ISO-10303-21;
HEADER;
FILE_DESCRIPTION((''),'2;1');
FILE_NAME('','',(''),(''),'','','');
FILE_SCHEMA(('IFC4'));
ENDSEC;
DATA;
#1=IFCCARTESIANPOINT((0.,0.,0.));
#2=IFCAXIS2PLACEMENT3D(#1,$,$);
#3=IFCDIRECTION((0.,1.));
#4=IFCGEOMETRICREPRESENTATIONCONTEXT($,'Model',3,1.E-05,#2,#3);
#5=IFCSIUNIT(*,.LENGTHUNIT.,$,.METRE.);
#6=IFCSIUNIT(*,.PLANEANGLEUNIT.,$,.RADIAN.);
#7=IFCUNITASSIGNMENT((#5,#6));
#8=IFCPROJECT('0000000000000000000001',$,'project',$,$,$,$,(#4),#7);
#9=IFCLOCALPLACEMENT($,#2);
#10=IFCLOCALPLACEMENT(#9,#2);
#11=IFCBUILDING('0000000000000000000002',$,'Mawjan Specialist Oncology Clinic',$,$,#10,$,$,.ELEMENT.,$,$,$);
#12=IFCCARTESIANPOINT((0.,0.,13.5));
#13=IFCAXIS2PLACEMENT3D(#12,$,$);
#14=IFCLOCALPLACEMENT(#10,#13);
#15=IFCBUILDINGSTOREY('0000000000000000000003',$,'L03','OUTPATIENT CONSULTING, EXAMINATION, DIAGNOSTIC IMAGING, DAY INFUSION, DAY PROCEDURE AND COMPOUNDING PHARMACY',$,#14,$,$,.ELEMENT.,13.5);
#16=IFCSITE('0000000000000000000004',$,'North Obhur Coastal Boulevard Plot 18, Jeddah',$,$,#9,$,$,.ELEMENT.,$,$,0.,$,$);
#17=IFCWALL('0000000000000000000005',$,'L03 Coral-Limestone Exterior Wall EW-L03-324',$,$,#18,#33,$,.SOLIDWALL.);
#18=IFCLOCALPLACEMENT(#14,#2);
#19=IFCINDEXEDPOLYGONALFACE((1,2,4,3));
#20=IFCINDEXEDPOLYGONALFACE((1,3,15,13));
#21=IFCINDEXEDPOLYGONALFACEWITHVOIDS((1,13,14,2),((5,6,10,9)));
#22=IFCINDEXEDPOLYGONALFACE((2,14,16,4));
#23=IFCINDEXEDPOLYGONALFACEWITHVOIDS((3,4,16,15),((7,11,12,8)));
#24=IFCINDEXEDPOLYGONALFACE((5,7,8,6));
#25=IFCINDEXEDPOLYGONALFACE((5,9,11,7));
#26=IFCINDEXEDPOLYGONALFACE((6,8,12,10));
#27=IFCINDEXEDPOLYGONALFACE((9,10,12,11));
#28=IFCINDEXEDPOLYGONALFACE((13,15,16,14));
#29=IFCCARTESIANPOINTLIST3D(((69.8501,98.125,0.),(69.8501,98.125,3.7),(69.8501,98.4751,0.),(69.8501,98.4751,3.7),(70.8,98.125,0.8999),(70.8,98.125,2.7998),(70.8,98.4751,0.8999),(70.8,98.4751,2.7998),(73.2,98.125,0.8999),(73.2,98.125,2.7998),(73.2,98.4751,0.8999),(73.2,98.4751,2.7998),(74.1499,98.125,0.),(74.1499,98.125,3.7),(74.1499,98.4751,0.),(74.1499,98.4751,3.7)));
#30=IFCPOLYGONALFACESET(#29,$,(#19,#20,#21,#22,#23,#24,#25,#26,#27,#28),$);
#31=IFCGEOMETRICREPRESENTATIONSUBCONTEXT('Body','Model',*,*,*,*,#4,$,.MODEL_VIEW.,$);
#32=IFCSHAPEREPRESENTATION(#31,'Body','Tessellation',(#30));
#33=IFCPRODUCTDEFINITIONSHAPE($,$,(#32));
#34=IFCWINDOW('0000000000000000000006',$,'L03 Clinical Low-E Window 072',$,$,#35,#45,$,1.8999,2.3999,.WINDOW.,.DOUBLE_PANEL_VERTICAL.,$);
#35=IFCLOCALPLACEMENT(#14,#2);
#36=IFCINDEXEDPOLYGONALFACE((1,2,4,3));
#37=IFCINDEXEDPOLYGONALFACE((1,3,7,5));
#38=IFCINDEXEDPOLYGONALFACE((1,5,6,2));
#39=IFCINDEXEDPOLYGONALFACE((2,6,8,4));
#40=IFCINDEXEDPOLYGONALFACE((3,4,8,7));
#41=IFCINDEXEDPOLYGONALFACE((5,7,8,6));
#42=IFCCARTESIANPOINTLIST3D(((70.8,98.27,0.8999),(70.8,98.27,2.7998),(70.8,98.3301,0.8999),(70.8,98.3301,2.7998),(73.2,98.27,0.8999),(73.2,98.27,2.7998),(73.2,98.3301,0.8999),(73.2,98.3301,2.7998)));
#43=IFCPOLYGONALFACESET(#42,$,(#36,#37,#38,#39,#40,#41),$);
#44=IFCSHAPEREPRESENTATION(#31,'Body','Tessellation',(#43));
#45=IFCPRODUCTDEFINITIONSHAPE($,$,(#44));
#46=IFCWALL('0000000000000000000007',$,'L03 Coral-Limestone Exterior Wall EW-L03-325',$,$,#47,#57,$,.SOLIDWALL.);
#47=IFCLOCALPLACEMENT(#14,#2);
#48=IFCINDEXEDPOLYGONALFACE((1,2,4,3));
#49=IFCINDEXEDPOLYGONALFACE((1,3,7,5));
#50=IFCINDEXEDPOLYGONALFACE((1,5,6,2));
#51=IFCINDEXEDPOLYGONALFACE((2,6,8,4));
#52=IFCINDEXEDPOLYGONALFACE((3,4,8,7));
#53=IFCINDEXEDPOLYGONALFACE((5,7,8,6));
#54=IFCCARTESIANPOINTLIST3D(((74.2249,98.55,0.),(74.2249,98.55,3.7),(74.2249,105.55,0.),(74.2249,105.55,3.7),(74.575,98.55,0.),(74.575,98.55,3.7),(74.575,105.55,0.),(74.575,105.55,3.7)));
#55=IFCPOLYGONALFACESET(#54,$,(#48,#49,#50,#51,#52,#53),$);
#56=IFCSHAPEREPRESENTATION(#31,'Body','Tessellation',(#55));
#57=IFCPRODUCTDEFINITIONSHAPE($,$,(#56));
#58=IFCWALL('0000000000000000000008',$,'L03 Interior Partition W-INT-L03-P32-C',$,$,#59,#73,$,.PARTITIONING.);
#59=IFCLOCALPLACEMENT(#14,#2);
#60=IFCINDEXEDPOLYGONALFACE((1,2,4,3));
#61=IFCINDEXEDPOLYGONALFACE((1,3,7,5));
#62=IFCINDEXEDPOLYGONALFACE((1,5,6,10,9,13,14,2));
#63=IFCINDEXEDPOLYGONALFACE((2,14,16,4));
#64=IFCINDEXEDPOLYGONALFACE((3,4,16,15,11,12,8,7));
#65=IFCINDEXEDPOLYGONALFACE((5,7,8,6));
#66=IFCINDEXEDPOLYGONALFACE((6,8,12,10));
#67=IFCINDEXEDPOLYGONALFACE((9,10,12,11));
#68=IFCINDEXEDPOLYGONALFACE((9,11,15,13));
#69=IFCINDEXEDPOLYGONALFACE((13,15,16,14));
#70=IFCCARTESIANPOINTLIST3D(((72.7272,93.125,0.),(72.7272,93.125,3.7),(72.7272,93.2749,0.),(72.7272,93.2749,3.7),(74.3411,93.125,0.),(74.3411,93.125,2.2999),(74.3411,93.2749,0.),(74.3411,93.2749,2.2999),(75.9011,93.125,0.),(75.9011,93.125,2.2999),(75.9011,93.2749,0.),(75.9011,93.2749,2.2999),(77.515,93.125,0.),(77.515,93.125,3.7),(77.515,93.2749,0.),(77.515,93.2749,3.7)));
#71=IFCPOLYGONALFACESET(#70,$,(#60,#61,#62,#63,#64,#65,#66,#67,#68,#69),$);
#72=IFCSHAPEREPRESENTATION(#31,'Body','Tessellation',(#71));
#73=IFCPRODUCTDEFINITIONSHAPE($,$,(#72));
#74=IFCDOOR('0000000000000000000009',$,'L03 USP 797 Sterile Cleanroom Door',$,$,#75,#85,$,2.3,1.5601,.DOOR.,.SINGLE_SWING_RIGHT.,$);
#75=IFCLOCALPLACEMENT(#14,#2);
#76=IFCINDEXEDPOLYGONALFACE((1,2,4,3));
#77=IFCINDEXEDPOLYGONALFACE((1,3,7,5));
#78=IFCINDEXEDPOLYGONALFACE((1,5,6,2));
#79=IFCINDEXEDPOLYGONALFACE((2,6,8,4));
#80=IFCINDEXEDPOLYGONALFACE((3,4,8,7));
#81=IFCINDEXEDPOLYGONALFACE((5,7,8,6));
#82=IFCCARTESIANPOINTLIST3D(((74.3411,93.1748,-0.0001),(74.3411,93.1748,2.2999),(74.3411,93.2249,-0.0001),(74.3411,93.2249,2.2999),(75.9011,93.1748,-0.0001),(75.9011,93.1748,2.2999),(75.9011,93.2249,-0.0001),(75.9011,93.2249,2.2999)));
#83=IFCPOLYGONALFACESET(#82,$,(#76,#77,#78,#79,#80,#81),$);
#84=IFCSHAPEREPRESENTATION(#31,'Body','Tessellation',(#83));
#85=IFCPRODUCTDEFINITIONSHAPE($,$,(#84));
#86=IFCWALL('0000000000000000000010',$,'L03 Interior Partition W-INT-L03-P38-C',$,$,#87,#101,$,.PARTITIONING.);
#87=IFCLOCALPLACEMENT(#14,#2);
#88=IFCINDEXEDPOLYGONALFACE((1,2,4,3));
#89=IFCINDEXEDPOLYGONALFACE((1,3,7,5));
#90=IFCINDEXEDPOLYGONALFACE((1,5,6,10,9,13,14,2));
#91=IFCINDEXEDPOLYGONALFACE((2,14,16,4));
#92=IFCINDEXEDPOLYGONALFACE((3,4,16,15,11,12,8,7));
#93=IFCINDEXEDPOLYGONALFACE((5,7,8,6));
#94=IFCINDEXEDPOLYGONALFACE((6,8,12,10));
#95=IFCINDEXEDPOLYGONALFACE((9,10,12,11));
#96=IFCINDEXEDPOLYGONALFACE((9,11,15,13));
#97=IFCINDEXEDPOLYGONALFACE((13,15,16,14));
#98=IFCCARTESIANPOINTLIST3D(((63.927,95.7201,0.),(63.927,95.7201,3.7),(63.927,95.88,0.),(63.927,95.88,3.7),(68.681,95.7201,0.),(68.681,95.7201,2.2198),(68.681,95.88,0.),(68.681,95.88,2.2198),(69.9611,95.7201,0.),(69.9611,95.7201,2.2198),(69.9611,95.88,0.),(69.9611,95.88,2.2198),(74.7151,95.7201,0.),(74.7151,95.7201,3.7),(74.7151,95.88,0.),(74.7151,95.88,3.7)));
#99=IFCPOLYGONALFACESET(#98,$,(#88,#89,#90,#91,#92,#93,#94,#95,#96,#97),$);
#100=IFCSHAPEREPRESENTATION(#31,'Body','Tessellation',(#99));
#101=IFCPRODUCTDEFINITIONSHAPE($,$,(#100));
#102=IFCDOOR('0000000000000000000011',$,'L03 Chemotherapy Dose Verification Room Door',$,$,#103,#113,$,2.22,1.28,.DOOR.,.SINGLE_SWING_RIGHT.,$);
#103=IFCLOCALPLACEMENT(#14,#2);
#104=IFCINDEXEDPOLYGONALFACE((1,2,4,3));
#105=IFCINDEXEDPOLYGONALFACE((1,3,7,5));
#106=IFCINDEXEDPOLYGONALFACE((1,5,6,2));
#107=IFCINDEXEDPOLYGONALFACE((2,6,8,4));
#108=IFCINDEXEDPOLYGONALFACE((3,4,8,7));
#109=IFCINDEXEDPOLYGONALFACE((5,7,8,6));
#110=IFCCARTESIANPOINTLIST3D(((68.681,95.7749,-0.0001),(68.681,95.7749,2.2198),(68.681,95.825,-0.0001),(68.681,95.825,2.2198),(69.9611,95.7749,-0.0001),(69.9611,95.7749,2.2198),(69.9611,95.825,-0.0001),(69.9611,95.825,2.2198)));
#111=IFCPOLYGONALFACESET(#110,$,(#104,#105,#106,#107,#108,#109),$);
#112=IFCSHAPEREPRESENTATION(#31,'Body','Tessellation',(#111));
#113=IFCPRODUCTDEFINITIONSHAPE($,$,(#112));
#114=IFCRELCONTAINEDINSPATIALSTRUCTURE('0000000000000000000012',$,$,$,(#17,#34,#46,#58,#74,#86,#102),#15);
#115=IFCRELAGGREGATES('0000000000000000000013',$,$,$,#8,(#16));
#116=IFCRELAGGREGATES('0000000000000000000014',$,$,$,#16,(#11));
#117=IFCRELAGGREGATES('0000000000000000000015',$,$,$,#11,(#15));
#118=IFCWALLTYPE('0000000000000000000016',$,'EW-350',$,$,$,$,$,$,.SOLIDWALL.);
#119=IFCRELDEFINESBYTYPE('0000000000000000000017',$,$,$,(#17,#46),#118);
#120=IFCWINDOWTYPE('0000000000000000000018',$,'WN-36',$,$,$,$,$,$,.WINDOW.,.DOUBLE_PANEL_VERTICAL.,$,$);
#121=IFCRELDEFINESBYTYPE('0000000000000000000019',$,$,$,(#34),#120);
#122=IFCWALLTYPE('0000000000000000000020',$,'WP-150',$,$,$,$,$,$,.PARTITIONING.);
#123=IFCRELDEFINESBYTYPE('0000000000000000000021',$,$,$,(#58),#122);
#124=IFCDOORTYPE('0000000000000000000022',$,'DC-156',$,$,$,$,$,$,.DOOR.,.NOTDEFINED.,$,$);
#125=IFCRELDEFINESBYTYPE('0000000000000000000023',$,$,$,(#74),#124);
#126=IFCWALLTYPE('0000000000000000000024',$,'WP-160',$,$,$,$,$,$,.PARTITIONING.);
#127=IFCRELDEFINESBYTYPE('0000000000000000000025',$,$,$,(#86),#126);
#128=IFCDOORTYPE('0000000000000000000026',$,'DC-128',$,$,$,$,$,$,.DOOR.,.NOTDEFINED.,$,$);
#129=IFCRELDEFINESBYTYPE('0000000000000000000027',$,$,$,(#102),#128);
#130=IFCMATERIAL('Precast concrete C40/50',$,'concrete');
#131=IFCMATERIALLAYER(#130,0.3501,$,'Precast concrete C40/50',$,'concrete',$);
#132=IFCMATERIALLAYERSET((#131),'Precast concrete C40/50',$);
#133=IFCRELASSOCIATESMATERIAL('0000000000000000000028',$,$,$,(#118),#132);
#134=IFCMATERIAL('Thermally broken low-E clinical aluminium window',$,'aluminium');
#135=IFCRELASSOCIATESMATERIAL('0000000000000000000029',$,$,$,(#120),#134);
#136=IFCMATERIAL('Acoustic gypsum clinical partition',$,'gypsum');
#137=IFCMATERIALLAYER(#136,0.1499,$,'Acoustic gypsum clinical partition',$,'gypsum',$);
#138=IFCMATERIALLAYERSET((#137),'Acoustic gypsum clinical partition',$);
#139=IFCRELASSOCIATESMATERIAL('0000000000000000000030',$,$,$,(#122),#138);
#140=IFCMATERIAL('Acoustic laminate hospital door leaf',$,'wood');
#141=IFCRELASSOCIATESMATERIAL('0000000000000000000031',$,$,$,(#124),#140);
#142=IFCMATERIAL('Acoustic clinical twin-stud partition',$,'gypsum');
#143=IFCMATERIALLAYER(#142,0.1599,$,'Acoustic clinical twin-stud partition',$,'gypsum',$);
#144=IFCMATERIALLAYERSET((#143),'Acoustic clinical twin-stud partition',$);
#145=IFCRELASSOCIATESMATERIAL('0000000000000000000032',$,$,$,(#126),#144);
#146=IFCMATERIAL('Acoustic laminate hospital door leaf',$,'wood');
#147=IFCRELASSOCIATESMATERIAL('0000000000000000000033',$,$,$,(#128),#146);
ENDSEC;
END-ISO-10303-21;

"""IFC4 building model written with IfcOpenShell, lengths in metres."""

from ifc_helpers import new_model, si_unit, direction, frame, frame_2d, origin, place, context, subcontext, project, spatial, rectangle, extrude, material, layer, layer_set, type_object, element, fill, save


model = new_model("IFC4")

# Units and contexts
model_context = context("Model", 3, precision=1e-05, world=origin(), true_north=direction((0.0, 1.0)))
body_context = subcontext(model_context, "Body", "Model", "MODEL_VIEW")
ifc_project = project(units=[si_unit("LENGTHUNIT", "METRE"), si_unit("PLANEANGLEUNIT", "RADIAN")], contexts=[model_context])

# Site, building, storey
site_placement = place(None, origin())
site = spatial("IfcSite", under=ifc_project, at=site_placement, Name="North Obhur Coastal Boulevard Plot 18, Jeddah", CompositionType="ELEMENT", RefElevation=0.0)
building_placement = place(site_placement, origin())
building = spatial("IfcBuilding", under=site, at=building_placement, Name="Mawjan Specialist Oncology Clinic", CompositionType="ELEMENT")
storey_placement = place(building_placement, frame((0.0, 0.0, 13.5)))
storey = spatial("IfcBuildingStorey", under=building, at=storey_placement, Name="L03", Description="OUTPATIENT CONSULTING, EXAMINATION, DIAGNOSTIC IMAGING, DAY INFUSION, DAY PROCEDURE AND COMPOUNDING PHARMACY", CompositionType="ELEMENT", Elevation=13.5)

# Wall, opening, window
ifc_material_1 = material(Name="Precast concrete C40/50", Category="concrete")
ifc_layer_1 = layer(ifc_material_1, 0.3501, Name="Precast concrete C40/50", Category="concrete")
ifc_layer_set_1 = layer_set([ifc_layer_1], Name="Precast concrete C40/50")
wall_type_1 = type_object("IfcWallType", Name="EW-350", PredefinedType="SOLIDWALL", material=ifc_layer_set_1)
wall_1_placement = place(storey_placement, frame((69.8501, 98.3, 0.0), z_axis=(0.0, 0.0, 1.0), x_axis=(1.0, 0.0, 0.0)))
wall_1 = element("IfcWall", 1, at=wall_1_placement, inside=storey, type_object=wall_type_1, Name="L03 Coral-Limestone Exterior Wall EW-L03-324", PredefinedType="SOLIDWALL", context=body_context, shape_type="SweptSolid", body=[
    extrude(rectangle(XDim=4.2998, YDim=0.3501, at=frame_2d((2.1499, 0.0))), origin(), (0.0, 0.0, 1.0), 3.7),
])
opening_1_placement = place(wall_1_placement, frame((0.95, 0.0, 0.8999)))
opening_1 = element("IfcOpeningElement", 2, at=opening_1_placement, cuts=wall_1, PredefinedType="OPENING", context=body_context, shape_type="SweptSolid", body=[
    extrude(rectangle(XDim=2.3999, YDim=1.8999, at=frame_2d((1.2, 0.95))), frame((0.0, 0.187, 0.0), z_axis=(0.0, -1.0, 0.0), x_axis=(1.0, 0.0, 0.0)), (0.0, 0.0, 1.0), 0.374),
])
ifc_material_2 = material(Name="Thermally broken low-E clinical aluminium window", Category="aluminium")
window_type_1 = type_object("IfcWindowType", Name="WN-36", PartitioningType="DOUBLE_PANEL_VERTICAL", PredefinedType="WINDOW", material=ifc_material_2)
window_1_placement = place(opening_1_placement, origin())
window_1 = element("IfcWindow", 3, at=window_1_placement, inside=storey, type_object=window_type_1, Name="L03 Clinical Low-E Window 072", OverallHeight=1.8999, OverallWidth=2.3999, PartitioningType="DOUBLE_PANEL_VERTICAL", PredefinedType="WINDOW", context=body_context, shape_type="SweptSolid", body=[
    extrude(rectangle(XDim=2.3999, YDim=1.8999, at=frame_2d((1.2, 0.95))), frame((0.0, 0.03, 0.0), z_axis=(0.0, -1.0, 0.0), x_axis=(1.0, 0.0, 0.0)), (0.0, 0.0, 1.0), 0.0601),
])
fill(opening_1, window_1)

# Wall
wall_2_placement = place(storey_placement, frame((74.3999, 98.55, 0.0), z_axis=(0.0, 0.0, 1.0), x_axis=(0.0, 1.0, 0.0)))
element("IfcWall", 4, at=wall_2_placement, inside=storey, type_object=wall_type_1, Name="L03 Coral-Limestone Exterior Wall EW-L03-325", PredefinedType="SOLIDWALL", context=body_context, shape_type="SweptSolid", body=[
    extrude(rectangle(XDim=7.0, YDim=0.3501, at=frame_2d((3.5, 0.0))), origin(), (0.0, 0.0, 1.0), 3.7),
])

# Walls, openings, doors
ifc_material_3 = material(Name="Acoustic gypsum clinical partition", Category="gypsum")
ifc_layer_2 = layer(ifc_material_3, 0.1499, Name="Acoustic gypsum clinical partition", Category="gypsum")
ifc_layer_set_2 = layer_set([ifc_layer_2], Name="Acoustic gypsum clinical partition")
wall_type_2 = type_object("IfcWallType", Name="WP-150", PredefinedType="PARTITIONING", material=ifc_layer_set_2)
wall_3_placement = place(storey_placement, frame((72.7271, 93.2, 0.0), z_axis=(0.0, 0.0, 1.0), x_axis=(1.0, 0.0, 0.0)))
wall_3 = element("IfcWall", 5, at=wall_3_placement, inside=storey, type_object=wall_type_2, Name="L03 Interior Partition W-INT-L03-P32-C", PredefinedType="PARTITIONING", context=body_context, shape_type="SweptSolid", body=[
    extrude(rectangle(XDim=4.7878, YDim=0.1499, at=frame_2d((2.394, 0.0))), origin(), (0.0, 0.0, 1.0), 3.7),
])
opening_2_placement = place(wall_3_placement, frame((1.614, 0.0, 0.0)))
opening_2 = element("IfcOpeningElement", 6, at=opening_2_placement, cuts=wall_3, PredefinedType="OPENING", context=body_context, shape_type="SweptSolid", body=[
    extrude(rectangle(XDim=1.5601, YDim=2.3, at=frame_2d((0.78, 1.1499))), frame((0.0, 0.0869, 0.0), z_axis=(0.0, -1.0, 0.0), x_axis=(1.0, 0.0, 0.0)), (0.0, 0.0, 1.0), 0.1738),
])
ifc_material_4 = material(Name="Acoustic laminate hospital door leaf", Category="wood")
door_type_1 = type_object("IfcDoorType", Name="DC-156", OperationType="NOTDEFINED", PredefinedType="DOOR", material=ifc_material_4)
door_1_placement = place(opening_2_placement, origin())
door_1 = element("IfcDoor", 7, at=door_1_placement, inside=storey, type_object=door_type_1, Name="L03 USP 797 Sterile Cleanroom Door", OperationType="SINGLE_SWING_RIGHT", OverallHeight=2.3, OverallWidth=1.5601, PredefinedType="DOOR", context=body_context, shape_type="SweptSolid", body=[
    extrude(rectangle(XDim=1.5601, YDim=2.3, at=frame_2d((0.78, 1.1499))), frame((0.0, 0.0249, 0.0), z_axis=(0.0, -1.0, 0.0), x_axis=(1.0, 0.0, 0.0)), (0.0, 0.0, 1.0), 0.05),
])
fill(opening_2, door_1)
ifc_material_5 = material(Name="Acoustic clinical twin-stud partition", Category="gypsum")
ifc_layer_3 = layer(ifc_material_5, 0.1599, Name="Acoustic clinical twin-stud partition", Category="gypsum")
ifc_layer_set_3 = layer_set([ifc_layer_3], Name="Acoustic clinical twin-stud partition")
wall_type_3 = type_object("IfcWallType", Name="WP-160", PredefinedType="PARTITIONING", material=ifc_layer_set_3)
wall_4_placement = place(storey_placement, frame((63.927, 95.8, 0.0), z_axis=(0.0, 0.0, 1.0), x_axis=(1.0, 0.0, 0.0)))
wall_4 = element("IfcWall", 8, at=wall_4_placement, inside=storey, type_object=wall_type_3, Name="L03 Interior Partition W-INT-L03-P38-C", PredefinedType="PARTITIONING", context=body_context, shape_type="SweptSolid", body=[
    extrude(rectangle(XDim=10.7881, YDim=0.1599, at=frame_2d((5.394, 0.0))), origin(), (0.0, 0.0, 1.0), 3.7),
])
opening_3_placement = place(wall_4_placement, frame((4.7539, 0.0, 0.0)))
opening_3 = element("IfcOpeningElement", 9, at=opening_3_placement, cuts=wall_4, PredefinedType="OPENING", context=body_context, shape_type="SweptSolid", body=[
    extrude(rectangle(XDim=1.28, YDim=2.22, at=frame_2d((0.6401, 1.1099))), frame((0.0, 0.092, 0.0), z_axis=(0.0, -1.0, 0.0), x_axis=(1.0, 0.0, 0.0)), (0.0, 0.0, 1.0), 0.1838),
])
ifc_material_6 = material(Name="Acoustic laminate hospital door leaf", Category="wood")
door_type_2 = type_object("IfcDoorType", Name="DC-128", OperationType="NOTDEFINED", PredefinedType="DOOR", material=ifc_material_6)
door_2_placement = place(opening_3_placement, origin())
door_2 = element("IfcDoor", 10, at=door_2_placement, inside=storey, type_object=door_type_2, Name="L03 Chemotherapy Dose Verification Room Door", OperationType="SINGLE_SWING_RIGHT", OverallHeight=2.22, OverallWidth=1.28, PredefinedType="DOOR", context=body_context, shape_type="SweptSolid", body=[
    extrude(rectangle(XDim=1.28, YDim=2.22, at=frame_2d((0.6401, 1.1099))), frame((0.0, 0.0249, 0.0), z_axis=(0.0, -1.0, 0.0), x_axis=(1.0, 0.0, 0.0)), (0.0, 0.0, 1.0), 0.05),
])
fill(opening_3, door_2)

save(model, "model.ifc")
